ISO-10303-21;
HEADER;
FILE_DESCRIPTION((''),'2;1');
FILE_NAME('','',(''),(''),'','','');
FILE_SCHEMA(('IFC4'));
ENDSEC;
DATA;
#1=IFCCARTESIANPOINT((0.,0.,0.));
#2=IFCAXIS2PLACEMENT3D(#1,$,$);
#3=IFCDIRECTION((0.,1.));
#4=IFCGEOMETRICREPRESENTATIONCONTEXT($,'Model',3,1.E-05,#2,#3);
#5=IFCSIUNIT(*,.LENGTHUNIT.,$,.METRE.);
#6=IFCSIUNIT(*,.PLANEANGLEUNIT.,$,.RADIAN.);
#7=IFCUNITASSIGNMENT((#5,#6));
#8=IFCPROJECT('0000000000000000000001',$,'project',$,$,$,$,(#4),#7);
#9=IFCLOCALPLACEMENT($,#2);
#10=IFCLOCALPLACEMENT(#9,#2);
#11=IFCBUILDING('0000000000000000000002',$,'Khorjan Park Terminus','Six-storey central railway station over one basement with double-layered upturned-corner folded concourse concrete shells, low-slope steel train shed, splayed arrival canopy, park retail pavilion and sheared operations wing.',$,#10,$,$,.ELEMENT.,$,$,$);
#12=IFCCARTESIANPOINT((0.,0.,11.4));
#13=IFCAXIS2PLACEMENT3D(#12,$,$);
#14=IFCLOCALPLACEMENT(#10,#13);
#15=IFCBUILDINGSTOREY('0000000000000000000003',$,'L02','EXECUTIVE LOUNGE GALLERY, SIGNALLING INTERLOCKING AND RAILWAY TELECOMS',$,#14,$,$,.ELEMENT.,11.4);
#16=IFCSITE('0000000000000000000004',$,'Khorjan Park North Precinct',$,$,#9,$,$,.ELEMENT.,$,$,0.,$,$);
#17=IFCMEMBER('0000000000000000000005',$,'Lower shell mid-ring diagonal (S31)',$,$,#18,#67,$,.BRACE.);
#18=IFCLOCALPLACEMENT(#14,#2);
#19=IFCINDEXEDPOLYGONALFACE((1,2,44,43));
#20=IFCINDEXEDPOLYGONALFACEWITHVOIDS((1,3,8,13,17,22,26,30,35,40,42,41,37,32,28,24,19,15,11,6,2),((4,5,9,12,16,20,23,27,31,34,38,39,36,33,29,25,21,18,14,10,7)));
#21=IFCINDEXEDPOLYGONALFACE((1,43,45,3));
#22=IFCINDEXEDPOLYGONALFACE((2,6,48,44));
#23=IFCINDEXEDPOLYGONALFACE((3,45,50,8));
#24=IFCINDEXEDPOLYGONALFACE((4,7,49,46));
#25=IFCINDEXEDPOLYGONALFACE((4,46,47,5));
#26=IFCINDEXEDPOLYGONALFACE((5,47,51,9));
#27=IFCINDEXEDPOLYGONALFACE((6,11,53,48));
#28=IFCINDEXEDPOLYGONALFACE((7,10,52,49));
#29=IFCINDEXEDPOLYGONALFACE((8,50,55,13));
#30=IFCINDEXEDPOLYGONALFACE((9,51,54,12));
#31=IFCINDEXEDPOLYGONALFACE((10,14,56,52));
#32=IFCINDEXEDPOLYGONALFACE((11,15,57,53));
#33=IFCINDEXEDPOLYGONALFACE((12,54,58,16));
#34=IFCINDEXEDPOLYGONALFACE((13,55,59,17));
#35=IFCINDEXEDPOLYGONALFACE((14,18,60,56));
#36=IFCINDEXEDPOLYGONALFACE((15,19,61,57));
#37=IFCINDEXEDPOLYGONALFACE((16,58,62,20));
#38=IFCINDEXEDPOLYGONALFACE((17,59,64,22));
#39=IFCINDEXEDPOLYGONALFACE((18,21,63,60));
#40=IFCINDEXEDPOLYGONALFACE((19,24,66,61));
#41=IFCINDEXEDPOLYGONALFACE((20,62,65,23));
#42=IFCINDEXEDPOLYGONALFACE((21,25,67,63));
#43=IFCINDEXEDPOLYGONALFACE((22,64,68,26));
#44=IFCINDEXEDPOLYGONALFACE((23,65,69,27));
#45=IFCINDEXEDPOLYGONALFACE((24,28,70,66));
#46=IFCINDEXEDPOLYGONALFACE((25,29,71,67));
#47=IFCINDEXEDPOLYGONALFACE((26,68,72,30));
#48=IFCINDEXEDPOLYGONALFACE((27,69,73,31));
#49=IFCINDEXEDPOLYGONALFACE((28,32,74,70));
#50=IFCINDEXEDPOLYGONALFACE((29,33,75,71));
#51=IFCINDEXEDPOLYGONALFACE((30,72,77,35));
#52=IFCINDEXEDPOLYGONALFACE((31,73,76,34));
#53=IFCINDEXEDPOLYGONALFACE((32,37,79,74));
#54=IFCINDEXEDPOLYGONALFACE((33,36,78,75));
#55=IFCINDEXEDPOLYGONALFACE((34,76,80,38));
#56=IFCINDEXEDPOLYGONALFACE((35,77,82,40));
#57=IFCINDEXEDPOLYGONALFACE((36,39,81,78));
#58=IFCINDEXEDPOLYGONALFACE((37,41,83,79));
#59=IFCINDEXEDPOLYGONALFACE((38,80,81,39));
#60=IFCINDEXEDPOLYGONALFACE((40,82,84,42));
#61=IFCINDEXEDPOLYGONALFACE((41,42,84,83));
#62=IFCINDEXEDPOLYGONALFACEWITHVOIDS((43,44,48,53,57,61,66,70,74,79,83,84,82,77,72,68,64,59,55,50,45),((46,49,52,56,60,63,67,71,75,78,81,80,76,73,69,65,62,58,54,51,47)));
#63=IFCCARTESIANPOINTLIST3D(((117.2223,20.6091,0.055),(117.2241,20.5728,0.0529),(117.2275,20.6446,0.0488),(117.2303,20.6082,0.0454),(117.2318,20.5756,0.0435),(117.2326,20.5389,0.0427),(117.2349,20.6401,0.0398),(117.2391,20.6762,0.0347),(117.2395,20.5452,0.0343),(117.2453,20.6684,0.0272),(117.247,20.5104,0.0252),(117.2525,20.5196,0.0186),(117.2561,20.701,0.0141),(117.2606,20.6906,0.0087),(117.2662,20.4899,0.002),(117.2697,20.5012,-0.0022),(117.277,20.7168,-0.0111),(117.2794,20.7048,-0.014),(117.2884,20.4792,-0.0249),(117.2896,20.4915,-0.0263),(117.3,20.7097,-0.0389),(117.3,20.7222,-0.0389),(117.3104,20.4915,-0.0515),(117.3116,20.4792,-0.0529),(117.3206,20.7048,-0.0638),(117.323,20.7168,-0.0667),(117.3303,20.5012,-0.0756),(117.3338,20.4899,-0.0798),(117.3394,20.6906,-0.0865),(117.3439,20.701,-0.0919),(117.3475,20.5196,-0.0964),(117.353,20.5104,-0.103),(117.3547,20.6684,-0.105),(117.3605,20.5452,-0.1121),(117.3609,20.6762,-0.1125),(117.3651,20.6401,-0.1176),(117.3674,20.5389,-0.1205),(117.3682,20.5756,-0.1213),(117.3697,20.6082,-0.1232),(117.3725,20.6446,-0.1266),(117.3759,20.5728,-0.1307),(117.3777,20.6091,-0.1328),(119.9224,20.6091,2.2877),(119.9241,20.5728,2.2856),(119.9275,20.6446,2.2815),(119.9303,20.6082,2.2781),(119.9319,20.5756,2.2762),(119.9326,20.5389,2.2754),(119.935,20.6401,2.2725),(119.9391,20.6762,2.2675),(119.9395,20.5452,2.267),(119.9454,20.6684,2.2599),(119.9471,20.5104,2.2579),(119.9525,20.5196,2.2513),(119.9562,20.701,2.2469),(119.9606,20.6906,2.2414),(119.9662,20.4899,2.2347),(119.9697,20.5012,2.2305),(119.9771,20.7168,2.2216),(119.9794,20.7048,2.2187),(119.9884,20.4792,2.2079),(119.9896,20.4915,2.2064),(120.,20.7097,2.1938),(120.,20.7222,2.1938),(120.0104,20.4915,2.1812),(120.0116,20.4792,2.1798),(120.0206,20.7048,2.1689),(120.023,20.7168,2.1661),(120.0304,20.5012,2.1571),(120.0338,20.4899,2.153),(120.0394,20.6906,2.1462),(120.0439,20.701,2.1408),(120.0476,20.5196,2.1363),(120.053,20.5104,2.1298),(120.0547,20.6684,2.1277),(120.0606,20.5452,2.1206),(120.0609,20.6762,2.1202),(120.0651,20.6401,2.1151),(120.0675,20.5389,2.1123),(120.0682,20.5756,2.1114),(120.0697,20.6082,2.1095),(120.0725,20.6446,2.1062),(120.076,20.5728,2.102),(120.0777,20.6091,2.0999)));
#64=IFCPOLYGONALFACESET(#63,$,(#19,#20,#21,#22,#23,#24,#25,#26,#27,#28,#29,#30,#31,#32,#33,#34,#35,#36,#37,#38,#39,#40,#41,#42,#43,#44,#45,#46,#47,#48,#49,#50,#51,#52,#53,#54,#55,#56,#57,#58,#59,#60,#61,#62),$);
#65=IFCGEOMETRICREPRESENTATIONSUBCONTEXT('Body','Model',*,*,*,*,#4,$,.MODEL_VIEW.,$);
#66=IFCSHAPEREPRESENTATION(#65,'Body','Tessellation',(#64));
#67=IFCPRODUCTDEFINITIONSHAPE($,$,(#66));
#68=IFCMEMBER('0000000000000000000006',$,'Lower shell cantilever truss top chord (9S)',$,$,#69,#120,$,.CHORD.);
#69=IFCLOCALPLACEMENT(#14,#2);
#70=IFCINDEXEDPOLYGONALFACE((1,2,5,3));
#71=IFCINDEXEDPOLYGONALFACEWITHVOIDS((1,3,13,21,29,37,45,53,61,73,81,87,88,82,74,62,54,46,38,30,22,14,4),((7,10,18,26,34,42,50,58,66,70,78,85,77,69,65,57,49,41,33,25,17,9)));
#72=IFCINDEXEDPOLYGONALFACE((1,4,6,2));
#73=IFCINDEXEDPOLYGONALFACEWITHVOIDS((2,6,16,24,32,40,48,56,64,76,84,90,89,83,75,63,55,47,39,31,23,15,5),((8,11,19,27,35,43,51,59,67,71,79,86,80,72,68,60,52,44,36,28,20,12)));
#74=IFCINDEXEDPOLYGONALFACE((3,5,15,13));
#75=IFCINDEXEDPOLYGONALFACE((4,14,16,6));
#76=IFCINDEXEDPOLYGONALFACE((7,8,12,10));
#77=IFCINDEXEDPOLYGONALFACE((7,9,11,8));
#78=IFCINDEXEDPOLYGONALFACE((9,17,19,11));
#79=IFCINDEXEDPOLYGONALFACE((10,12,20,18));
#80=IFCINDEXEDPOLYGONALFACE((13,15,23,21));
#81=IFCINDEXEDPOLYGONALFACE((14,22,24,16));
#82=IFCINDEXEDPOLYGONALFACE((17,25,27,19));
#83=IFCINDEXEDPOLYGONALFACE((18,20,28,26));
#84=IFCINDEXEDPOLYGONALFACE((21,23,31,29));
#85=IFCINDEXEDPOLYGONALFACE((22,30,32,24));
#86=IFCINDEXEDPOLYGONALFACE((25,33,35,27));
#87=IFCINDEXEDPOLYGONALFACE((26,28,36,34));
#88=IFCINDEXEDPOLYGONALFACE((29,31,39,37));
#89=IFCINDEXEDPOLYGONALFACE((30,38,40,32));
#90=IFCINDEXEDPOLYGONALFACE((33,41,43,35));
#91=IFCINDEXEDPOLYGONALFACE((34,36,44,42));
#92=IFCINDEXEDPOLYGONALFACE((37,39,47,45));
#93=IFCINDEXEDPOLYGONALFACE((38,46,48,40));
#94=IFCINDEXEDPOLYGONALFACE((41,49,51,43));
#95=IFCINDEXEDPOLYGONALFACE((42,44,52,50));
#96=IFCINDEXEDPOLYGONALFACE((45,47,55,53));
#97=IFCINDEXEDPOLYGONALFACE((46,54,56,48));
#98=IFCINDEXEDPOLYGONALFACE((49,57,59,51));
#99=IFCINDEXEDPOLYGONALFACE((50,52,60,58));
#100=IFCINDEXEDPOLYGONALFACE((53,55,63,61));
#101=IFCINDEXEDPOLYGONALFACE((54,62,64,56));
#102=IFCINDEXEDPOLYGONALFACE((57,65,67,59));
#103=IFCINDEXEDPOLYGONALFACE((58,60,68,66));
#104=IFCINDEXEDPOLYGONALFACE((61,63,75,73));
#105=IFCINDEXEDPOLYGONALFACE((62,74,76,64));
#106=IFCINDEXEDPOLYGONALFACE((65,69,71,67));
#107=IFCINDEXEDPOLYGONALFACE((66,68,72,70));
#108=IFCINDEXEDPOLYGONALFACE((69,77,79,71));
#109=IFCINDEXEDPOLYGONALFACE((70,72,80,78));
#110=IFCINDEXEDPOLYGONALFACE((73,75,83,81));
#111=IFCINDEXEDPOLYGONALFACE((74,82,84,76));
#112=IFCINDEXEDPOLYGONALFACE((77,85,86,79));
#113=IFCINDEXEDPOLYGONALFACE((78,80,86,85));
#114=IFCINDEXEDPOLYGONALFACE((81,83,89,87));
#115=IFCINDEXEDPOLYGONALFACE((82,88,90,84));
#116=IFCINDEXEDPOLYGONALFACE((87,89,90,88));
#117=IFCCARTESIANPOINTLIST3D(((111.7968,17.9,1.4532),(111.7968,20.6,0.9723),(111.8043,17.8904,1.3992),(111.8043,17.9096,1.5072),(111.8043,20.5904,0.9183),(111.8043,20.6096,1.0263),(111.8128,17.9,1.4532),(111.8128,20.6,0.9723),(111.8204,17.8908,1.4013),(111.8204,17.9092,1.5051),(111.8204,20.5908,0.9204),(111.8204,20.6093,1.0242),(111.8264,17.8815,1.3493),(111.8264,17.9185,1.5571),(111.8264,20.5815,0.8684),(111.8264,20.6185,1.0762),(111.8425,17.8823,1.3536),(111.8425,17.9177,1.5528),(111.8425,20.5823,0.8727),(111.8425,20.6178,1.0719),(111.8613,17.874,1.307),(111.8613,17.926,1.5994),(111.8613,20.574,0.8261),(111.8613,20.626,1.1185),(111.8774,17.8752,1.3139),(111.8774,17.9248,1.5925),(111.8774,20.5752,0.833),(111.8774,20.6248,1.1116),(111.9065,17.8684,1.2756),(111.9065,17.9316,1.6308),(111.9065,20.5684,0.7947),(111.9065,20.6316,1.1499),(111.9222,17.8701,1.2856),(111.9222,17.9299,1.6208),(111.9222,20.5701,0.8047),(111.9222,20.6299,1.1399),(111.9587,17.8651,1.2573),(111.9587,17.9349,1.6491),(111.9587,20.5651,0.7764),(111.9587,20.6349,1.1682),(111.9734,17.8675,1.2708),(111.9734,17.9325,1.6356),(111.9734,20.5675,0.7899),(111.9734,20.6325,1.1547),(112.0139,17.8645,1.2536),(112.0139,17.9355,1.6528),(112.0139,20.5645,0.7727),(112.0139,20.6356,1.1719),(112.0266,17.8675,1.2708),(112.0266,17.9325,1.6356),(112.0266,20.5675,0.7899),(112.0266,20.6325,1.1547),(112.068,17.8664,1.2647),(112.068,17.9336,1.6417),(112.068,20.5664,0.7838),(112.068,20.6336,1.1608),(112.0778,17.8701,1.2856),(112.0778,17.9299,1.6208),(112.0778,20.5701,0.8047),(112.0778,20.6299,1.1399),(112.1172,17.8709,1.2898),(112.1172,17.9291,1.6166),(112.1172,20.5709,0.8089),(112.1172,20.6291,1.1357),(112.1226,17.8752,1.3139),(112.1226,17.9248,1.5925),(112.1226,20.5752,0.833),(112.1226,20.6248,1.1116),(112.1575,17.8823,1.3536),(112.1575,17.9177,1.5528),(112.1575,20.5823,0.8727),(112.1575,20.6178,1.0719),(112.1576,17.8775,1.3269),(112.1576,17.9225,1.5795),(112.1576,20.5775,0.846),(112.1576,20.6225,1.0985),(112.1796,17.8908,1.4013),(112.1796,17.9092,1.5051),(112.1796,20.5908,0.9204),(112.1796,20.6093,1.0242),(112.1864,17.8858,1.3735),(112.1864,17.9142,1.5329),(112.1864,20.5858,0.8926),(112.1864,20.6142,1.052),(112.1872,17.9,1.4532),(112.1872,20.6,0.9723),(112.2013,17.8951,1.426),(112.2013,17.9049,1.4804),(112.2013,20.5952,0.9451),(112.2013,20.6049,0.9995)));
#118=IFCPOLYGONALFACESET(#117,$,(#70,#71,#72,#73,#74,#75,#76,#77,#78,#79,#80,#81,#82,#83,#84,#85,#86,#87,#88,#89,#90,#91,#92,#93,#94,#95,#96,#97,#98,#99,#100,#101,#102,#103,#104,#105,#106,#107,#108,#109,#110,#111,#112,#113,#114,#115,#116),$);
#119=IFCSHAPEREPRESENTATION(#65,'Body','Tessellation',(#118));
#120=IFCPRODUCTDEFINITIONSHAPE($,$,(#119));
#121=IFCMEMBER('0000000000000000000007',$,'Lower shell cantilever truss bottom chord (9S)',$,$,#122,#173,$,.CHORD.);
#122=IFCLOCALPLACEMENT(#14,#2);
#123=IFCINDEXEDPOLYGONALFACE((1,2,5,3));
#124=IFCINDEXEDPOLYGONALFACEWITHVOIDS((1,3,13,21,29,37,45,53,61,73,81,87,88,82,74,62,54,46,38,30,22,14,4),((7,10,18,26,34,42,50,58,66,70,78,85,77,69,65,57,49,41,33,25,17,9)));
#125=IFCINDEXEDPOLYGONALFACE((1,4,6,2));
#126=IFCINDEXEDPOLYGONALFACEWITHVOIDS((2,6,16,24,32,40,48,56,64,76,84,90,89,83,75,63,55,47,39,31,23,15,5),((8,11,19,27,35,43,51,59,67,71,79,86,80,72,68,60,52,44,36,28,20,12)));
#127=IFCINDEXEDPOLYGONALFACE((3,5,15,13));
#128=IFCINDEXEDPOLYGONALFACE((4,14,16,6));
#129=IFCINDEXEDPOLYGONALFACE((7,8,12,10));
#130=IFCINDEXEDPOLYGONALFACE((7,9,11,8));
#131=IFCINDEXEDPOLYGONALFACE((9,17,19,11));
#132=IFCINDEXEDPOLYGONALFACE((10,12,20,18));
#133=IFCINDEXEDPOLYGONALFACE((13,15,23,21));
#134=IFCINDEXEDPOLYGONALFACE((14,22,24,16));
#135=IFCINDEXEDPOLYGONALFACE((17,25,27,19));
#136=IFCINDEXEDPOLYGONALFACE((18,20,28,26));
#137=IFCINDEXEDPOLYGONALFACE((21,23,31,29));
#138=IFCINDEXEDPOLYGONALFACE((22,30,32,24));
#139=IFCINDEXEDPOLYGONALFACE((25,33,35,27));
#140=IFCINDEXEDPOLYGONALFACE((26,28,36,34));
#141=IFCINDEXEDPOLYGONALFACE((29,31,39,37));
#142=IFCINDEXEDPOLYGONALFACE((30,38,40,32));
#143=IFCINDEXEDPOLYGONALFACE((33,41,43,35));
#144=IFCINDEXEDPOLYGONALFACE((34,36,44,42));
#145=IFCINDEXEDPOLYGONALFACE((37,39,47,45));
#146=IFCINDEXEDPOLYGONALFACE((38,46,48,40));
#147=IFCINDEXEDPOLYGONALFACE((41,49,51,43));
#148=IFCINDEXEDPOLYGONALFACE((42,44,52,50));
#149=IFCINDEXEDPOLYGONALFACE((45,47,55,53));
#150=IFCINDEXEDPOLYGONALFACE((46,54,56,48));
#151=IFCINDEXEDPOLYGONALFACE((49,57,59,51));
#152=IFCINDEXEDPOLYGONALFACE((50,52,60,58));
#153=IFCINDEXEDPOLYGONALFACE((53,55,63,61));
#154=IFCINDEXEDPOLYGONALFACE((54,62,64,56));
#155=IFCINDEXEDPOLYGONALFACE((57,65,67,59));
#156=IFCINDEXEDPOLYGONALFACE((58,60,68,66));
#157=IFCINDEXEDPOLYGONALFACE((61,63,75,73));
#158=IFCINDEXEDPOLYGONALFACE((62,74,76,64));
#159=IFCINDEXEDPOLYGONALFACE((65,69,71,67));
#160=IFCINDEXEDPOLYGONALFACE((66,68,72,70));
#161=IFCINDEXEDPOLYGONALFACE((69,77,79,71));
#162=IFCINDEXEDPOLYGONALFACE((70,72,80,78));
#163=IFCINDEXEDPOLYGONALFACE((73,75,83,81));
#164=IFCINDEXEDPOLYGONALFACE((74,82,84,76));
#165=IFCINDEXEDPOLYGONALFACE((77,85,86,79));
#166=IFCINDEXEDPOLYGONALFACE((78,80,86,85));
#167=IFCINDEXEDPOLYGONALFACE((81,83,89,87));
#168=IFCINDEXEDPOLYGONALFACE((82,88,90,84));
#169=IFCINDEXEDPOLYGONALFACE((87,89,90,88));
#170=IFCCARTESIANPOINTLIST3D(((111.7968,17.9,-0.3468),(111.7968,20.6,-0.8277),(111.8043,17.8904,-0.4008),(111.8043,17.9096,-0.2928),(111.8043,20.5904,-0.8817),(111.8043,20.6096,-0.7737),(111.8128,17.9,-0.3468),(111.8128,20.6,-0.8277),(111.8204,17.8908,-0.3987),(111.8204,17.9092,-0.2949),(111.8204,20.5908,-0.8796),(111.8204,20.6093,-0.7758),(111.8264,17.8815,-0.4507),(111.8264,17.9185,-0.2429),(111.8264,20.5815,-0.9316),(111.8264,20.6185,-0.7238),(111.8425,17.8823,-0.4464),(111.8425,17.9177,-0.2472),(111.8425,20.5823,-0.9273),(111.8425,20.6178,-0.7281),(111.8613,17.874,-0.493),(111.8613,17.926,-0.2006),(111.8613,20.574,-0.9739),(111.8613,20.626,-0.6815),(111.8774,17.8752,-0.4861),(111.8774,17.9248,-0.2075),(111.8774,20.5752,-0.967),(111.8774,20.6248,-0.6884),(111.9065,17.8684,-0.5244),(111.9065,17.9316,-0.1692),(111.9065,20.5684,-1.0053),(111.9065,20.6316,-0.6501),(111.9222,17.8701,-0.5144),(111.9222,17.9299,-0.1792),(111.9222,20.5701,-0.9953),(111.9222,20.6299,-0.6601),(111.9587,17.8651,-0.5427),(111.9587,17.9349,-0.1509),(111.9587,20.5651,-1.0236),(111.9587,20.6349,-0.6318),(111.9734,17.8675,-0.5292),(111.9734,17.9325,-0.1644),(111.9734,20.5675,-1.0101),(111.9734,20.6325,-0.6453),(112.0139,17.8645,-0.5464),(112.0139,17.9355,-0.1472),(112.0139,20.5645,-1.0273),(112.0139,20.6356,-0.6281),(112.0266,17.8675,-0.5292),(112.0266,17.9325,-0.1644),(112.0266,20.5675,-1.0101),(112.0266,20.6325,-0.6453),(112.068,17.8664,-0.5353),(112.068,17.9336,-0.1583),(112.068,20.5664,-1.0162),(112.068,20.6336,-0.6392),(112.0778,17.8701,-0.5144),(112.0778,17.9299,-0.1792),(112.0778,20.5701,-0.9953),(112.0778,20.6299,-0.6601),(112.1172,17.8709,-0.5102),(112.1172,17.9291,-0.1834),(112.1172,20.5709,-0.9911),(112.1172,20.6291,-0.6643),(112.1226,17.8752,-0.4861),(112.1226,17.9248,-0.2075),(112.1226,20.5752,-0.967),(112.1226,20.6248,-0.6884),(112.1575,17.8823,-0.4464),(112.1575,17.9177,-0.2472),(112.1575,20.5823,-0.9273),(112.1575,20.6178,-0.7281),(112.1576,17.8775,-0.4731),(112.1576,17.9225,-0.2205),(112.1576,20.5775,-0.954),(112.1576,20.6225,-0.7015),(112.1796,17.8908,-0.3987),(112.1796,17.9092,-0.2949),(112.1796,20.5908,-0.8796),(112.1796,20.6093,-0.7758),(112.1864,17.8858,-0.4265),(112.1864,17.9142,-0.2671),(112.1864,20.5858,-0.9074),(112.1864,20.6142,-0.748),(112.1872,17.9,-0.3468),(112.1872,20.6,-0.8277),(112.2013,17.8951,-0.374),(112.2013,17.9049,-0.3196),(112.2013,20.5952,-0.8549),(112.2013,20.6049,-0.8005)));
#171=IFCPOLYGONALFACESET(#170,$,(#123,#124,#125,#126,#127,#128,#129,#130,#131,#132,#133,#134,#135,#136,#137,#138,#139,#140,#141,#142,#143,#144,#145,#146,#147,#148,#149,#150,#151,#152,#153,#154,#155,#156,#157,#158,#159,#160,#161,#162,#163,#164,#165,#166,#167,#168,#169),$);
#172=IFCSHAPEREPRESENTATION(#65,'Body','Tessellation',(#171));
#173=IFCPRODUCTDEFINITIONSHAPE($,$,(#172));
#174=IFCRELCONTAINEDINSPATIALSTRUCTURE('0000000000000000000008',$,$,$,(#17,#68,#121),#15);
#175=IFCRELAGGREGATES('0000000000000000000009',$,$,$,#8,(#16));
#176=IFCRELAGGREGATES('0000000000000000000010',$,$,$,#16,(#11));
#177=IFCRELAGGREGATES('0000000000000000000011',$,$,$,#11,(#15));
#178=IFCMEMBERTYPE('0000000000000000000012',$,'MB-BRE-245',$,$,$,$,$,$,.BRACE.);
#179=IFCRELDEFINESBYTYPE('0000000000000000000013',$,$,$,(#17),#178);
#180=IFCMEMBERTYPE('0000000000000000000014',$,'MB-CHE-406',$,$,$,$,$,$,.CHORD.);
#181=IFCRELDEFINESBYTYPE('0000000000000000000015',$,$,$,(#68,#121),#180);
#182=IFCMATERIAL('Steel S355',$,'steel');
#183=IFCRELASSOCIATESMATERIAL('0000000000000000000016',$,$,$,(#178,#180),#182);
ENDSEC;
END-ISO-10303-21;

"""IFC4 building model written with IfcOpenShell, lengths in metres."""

from ifc_helpers import new_model, si_unit, direction, frame, origin, origin_2d, place, context, subcontext, project, spatial, hollow_circle, extrude, material, material_profile, profile_set, type_object, element, save


model = new_model("IFC4")

# Units and contexts
model_context = context("Model", 3, precision=1e-05, world=origin(), true_north=direction((0.0, 1.0)))
body_context = subcontext(model_context, "Body", "Model", "MODEL_VIEW")
ifc_project = project(units=[si_unit("LENGTHUNIT", "METRE"), si_unit("PLANEANGLEUNIT", "RADIAN")], contexts=[model_context])

# Site, building, storey
site_placement = place(None, origin())
site = spatial("IfcSite", under=ifc_project, at=site_placement, Name="Khorjan Park North Precinct", CompositionType="ELEMENT", RefElevation=0.0)
building_placement = place(site_placement, origin())
building = spatial("IfcBuilding", under=site, at=building_placement, Name="Khorjan Park Terminus", Description="Six-storey central railway station over one basement with double-layered upturned-corner folded concourse concrete shells, low-slope steel train shed, splayed arrival canopy, park retail pavilion and sheared operations wing.", CompositionType="ELEMENT")
storey_placement = place(building_placement, frame((0.0, 0.0, 11.4)))
storey = spatial("IfcBuildingStorey", under=building, at=storey_placement, Name="L02", Description="EXECUTIVE LOUNGE GALLERY, SIGNALLING INTERLOCKING AND RAILWAY TELECOMS", CompositionType="ELEMENT", Elevation=11.4)

# Members
ifc_material_1 = material(Name="Steel S355", Category="steel")
ifc_material_profile_1 = material_profile(ifc_material_1, hollow_circle(Radius=0.1222, WallThickness=0.0125, at=origin_2d()), Name="CHS 244.5x12.5")
ifc_profile_set_1 = profile_set([ifc_material_profile_1], Name="Steel S355")
member_type_1 = type_object("IfcMemberType", Name="MB-BRE-245", PredefinedType="BRACE", material=ifc_profile_set_1)
member_1_placement = place(storey_placement, frame((117.3, 20.6, -0.0389), z_axis=(0.770644, 0.0, 0.637266), x_axis=(0.0, 1.0, 0.0)))
element("IfcMember", 1, at=member_1_placement, inside=storey, type_object=member_type_1, Name="Lower shell mid-ring diagonal (S31)", PredefinedType="BRACE", context=body_context, shape_type="SweptSolid", body=[
    extrude(hollow_circle(Radius=0.1222, WallThickness=0.0125, at=origin_2d()), origin(), (0.0, 0.0, 1.0), 3.5036),
])
ifc_material_profile_2 = material_profile(ifc_material_1, hollow_circle(Radius=0.2032, WallThickness=0.016, at=origin_2d()), Name="CHS 406.4x16")
ifc_profile_set_2 = profile_set([ifc_material_profile_2], Name="Steel S355")
member_type_2 = type_object("IfcMemberType", Name="MB-CHE-406", PredefinedType="CHORD", material=ifc_profile_set_2)
for number, where, z_axis, x_axis, name in (
    (2, (112.0, 17.9, 1.4532), (0.0, 0.984506, -0.175351), (-1.0, 0.0, 0.0), "Lower shell cantilever truss top chord (9S)"),
    (3, (112.0, 17.9, -0.3468), (0.0, 0.984506, -0.175351), (-1.0, 0.0, 0.0), "Lower shell cantilever truss bottom chord (9S)"),
):
    element("IfcMember", number, at=place(storey_placement, frame(where, z_axis=z_axis, x_axis=x_axis)), inside=storey, type_object=member_type_2, Name=name, PredefinedType="CHORD", context=body_context, shape_type="SweptSolid", body=[
        extrude(hollow_circle(Radius=0.2032, WallThickness=0.016, at=origin_2d()), origin(), (0.0, 0.0, 1.0), 2.7425),
    ])

save(model, "model.ifc")
